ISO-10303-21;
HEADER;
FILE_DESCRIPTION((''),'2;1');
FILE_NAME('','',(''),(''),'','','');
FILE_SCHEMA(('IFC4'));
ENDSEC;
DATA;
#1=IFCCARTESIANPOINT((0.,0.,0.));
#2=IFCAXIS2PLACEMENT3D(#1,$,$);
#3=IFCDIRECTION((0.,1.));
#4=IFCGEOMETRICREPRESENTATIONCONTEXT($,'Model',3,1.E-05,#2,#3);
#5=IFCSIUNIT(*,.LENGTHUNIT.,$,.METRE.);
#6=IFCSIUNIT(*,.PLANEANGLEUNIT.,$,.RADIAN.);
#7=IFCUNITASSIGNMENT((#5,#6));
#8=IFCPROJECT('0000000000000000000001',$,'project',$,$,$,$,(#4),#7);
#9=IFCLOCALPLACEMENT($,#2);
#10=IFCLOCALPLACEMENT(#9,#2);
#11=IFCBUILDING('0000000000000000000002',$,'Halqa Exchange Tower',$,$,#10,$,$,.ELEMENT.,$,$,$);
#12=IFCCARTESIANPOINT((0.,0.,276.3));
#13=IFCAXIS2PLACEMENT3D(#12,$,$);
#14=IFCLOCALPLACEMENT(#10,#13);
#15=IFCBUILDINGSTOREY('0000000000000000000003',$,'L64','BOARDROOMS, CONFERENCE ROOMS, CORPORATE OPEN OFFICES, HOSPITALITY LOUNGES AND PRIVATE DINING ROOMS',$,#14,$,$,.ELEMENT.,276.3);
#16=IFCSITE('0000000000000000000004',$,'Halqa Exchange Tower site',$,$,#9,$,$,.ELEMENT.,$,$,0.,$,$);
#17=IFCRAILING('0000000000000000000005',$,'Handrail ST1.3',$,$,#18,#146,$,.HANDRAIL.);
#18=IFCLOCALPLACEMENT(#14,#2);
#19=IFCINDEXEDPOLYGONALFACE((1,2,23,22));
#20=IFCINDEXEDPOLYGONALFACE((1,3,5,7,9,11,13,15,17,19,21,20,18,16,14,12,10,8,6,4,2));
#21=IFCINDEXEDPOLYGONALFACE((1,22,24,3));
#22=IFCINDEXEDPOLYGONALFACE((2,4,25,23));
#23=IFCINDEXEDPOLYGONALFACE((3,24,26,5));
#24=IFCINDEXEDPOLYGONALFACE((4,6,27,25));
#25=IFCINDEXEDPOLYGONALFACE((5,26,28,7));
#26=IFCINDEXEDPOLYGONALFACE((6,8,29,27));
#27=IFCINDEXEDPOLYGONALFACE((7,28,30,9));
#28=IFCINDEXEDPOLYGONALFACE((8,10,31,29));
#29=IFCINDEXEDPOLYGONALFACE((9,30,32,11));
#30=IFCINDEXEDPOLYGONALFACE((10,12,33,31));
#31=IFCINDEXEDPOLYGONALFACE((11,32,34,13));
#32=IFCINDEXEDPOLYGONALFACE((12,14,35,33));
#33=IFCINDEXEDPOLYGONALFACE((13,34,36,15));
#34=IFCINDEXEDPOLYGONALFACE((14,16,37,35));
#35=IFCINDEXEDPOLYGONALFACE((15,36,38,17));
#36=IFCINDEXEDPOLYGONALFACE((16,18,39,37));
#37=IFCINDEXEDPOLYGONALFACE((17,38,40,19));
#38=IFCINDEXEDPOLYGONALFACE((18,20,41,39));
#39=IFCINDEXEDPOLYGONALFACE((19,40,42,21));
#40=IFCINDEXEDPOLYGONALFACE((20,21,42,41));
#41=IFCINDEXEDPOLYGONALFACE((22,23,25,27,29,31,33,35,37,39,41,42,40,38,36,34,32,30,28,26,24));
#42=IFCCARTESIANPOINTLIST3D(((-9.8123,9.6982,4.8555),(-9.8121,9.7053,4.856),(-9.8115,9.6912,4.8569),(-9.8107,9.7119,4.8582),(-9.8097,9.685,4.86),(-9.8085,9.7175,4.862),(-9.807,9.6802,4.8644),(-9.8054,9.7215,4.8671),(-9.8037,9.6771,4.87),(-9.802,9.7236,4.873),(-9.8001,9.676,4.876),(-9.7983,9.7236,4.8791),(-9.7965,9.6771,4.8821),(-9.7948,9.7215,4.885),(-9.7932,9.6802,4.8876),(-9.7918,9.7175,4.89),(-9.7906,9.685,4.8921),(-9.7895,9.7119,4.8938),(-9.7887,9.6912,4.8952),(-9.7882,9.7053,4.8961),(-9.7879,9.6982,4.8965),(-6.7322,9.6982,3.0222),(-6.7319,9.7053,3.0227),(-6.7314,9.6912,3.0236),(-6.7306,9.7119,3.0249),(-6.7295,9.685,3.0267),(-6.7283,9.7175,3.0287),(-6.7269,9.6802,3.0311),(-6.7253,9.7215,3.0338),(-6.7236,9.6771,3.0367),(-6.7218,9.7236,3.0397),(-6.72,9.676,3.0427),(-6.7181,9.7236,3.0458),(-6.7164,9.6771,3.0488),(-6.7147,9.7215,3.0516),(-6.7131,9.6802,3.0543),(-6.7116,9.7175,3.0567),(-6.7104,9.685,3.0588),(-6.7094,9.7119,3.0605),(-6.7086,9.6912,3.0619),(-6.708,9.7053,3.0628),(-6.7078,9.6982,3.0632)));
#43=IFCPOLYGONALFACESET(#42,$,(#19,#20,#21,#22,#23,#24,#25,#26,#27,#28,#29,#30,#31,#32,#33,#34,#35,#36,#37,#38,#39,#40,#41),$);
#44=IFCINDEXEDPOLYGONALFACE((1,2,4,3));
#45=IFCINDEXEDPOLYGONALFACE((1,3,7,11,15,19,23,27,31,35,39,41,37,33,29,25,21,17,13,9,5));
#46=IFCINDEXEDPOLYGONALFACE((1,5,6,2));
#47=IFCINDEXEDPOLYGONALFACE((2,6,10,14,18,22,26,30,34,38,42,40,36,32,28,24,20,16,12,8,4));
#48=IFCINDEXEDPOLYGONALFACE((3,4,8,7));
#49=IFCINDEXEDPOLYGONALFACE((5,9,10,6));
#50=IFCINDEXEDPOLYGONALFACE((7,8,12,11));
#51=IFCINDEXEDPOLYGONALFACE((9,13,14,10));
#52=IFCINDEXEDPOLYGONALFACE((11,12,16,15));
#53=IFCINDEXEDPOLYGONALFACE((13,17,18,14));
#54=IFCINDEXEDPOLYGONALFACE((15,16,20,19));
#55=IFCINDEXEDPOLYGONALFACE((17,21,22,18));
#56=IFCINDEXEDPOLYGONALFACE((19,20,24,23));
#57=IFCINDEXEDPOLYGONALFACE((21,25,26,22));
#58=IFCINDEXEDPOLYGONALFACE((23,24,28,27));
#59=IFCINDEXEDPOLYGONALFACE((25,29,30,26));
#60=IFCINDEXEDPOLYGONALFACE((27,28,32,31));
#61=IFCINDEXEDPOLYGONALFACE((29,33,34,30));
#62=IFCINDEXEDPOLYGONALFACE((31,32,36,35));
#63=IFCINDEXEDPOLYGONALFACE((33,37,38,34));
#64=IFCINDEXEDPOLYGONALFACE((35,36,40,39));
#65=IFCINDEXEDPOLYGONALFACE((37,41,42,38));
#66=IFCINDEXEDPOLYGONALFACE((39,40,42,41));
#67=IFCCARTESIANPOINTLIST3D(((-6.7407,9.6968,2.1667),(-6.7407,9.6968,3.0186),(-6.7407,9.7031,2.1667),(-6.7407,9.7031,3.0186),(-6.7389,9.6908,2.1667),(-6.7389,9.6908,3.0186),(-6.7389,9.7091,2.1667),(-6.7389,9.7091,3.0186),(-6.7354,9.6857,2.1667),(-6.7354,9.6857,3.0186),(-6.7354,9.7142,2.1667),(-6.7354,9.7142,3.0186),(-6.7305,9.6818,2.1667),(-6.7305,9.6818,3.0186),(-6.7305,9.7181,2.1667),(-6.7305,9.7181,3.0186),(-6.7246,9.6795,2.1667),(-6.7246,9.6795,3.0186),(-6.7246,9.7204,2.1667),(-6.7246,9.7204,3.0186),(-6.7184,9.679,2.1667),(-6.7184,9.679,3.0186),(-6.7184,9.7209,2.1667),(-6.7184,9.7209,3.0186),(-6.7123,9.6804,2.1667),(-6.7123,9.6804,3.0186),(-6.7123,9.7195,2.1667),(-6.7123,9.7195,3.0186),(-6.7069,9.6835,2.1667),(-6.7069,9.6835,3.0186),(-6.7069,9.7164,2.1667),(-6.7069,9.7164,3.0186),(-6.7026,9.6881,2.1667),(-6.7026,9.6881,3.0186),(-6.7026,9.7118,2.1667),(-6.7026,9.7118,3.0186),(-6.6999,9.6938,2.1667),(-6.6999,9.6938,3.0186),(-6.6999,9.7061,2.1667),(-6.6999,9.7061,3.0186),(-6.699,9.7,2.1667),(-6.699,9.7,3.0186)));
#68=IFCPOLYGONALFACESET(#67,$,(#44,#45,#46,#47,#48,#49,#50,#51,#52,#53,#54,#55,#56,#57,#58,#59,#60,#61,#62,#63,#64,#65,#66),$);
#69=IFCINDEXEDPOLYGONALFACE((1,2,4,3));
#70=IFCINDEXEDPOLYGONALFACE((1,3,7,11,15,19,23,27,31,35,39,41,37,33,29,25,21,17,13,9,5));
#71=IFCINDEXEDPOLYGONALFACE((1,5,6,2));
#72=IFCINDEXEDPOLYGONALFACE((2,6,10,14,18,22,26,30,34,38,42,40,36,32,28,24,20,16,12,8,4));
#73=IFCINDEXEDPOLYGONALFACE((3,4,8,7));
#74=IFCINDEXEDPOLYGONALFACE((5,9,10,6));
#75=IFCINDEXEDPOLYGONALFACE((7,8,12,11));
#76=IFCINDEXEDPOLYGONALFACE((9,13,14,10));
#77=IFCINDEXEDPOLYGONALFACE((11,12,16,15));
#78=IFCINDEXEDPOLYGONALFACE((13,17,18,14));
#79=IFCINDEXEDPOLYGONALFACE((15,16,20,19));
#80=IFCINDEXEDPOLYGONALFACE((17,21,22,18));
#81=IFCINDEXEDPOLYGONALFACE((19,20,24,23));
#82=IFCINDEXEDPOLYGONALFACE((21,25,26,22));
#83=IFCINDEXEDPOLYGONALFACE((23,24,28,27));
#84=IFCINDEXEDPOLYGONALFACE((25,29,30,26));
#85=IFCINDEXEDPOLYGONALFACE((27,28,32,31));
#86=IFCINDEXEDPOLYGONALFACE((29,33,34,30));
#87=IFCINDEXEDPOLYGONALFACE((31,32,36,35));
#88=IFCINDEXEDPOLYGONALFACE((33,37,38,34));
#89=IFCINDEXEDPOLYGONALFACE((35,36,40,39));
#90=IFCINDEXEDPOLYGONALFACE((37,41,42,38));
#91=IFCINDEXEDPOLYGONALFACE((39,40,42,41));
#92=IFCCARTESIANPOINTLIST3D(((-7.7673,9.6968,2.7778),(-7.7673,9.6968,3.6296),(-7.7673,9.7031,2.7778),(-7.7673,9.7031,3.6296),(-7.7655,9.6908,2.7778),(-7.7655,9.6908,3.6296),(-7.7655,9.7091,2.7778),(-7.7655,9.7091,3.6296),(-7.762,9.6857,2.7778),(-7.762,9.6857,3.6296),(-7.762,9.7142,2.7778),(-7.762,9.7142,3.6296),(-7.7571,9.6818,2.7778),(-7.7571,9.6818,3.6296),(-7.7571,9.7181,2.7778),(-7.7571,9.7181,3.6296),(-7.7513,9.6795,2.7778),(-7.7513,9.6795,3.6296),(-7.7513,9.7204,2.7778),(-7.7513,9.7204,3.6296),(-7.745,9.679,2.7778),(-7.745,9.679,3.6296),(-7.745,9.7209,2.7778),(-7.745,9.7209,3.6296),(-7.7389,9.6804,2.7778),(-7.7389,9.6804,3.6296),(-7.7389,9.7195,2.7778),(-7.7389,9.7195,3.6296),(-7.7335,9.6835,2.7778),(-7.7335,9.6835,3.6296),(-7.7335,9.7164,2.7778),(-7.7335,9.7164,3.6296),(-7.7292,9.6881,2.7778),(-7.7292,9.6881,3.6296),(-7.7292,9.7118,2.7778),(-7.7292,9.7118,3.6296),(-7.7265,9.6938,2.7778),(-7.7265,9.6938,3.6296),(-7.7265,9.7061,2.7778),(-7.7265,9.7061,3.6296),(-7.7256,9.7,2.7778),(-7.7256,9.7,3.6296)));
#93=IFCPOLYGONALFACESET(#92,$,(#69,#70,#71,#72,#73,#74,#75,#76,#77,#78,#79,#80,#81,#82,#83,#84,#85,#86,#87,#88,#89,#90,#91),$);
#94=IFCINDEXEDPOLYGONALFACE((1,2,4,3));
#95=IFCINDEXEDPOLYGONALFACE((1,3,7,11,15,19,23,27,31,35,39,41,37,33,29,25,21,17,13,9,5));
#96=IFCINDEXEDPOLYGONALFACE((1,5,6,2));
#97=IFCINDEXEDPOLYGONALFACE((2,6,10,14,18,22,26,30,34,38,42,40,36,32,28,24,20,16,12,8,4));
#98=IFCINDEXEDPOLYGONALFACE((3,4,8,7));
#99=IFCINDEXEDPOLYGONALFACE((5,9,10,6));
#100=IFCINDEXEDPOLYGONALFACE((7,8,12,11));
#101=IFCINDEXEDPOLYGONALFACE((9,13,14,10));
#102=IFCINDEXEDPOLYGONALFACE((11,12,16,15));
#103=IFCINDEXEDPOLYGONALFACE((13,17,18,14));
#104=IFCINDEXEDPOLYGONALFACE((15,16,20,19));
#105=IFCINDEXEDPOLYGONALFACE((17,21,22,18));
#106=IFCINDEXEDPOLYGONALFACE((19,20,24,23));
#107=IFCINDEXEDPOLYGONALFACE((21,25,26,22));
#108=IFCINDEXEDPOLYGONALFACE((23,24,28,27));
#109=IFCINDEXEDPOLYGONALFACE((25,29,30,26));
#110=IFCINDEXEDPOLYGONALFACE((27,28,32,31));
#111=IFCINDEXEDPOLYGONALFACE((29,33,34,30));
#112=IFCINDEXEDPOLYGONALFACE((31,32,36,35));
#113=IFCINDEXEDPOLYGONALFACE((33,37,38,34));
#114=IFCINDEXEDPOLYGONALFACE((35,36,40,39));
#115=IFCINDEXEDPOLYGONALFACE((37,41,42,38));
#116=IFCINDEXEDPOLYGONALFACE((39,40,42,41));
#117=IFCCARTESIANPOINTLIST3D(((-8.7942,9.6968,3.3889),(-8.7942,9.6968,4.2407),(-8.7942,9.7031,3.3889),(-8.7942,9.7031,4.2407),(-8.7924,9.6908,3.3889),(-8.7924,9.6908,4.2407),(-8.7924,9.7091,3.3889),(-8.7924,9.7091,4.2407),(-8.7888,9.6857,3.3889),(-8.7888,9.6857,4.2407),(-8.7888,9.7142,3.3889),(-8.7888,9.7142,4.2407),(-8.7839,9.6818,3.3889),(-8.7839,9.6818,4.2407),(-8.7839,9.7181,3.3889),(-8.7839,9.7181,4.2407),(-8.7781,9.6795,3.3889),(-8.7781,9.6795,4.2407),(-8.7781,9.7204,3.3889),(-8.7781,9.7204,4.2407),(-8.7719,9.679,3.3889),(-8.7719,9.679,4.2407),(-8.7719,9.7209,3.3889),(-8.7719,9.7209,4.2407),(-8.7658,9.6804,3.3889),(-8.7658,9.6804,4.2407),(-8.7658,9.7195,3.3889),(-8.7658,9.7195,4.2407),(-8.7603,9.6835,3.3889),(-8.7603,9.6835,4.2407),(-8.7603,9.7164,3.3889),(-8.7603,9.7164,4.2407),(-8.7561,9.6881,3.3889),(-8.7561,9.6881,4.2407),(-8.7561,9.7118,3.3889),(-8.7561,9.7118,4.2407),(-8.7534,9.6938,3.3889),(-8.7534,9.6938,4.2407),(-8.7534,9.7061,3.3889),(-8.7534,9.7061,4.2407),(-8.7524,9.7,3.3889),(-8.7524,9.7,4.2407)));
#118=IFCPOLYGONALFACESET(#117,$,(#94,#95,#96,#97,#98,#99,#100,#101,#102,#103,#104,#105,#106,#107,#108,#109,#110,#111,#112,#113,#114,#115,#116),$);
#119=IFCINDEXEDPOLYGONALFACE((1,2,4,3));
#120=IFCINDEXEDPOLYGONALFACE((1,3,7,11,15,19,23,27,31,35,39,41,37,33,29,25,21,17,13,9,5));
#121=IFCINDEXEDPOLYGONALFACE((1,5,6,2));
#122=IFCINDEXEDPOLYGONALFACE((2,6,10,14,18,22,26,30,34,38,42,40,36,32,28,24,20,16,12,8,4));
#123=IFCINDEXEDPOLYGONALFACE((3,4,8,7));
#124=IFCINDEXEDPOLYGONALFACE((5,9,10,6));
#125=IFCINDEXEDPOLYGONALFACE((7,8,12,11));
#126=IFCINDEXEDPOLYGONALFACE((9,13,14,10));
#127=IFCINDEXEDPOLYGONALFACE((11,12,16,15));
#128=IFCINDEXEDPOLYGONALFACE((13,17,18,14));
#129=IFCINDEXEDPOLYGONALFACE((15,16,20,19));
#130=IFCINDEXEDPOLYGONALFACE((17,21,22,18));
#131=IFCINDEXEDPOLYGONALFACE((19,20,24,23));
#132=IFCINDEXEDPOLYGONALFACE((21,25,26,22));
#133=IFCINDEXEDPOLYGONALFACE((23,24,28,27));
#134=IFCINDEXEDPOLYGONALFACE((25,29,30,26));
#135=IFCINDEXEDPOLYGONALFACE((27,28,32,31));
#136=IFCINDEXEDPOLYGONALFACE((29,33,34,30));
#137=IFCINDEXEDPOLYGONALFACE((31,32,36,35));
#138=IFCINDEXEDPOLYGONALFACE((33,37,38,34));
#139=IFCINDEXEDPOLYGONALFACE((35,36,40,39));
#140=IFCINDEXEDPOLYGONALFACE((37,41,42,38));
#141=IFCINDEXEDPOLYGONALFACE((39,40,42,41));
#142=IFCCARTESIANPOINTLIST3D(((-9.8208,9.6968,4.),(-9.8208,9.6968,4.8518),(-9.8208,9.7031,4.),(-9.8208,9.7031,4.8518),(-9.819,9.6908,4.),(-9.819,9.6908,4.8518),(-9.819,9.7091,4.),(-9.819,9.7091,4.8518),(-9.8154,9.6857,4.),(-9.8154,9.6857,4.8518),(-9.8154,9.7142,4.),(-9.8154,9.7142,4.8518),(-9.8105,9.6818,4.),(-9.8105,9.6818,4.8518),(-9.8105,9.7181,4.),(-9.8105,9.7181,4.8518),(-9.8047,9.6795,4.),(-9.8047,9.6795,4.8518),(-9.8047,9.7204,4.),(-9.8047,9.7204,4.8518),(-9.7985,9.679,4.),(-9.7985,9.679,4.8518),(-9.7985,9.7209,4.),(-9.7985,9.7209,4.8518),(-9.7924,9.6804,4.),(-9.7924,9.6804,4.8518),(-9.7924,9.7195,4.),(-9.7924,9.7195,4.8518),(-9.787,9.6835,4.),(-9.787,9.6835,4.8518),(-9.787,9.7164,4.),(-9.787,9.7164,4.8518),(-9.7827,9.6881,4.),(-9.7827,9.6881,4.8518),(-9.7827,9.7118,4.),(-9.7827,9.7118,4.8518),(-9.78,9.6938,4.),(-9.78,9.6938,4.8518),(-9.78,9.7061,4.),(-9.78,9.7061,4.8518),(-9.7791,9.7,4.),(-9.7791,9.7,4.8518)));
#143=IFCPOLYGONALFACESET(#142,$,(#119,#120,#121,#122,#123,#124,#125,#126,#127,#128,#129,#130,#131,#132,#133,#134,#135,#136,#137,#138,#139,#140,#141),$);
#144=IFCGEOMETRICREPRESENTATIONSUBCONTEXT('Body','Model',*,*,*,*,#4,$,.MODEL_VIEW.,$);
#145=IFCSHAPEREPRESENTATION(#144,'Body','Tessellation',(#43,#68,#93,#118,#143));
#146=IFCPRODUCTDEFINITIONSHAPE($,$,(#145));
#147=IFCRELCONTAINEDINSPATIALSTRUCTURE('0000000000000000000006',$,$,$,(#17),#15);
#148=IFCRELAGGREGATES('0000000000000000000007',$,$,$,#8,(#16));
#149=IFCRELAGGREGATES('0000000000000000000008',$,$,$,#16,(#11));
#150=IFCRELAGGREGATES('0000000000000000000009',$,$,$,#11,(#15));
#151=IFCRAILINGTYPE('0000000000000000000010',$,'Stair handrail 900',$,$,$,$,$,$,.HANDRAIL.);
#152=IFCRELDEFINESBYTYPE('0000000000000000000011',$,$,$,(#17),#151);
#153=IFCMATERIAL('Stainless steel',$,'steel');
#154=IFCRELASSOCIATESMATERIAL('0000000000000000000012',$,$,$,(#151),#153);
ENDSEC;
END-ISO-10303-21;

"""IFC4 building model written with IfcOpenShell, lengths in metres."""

from ifc_helpers import new_model, si_unit, direction, frame, origin, origin_2d, place, context, subcontext, project, spatial, circle, extrude, material, type_object, element, save


model = new_model("IFC4")

# Units and contexts
model_context = context("Model", 3, precision=1e-05, world=origin(), true_north=direction((0.0, 1.0)))
body_context = subcontext(model_context, "Body", "Model", "MODEL_VIEW")
ifc_project = project(units=[si_unit("LENGTHUNIT", "METRE"), si_unit("PLANEANGLEUNIT", "RADIAN")], contexts=[model_context])

# Site, building, storey
site_placement = place(None, origin())
site = spatial("IfcSite", under=ifc_project, at=site_placement, Name="Halqa Exchange Tower site", CompositionType="ELEMENT", RefElevation=0.0)
building_placement = place(site_placement, origin())
building = spatial("IfcBuilding", under=site, at=building_placement, Name="Halqa Exchange Tower", CompositionType="ELEMENT")
storey_placement = place(building_placement, frame((0.0, 0.0, 276.3)))
storey = spatial("IfcBuildingStorey", under=building, at=storey_placement, Name="L64", Description="BOARDROOMS, CONFERENCE ROOMS, CORPORATE OPEN OFFICES, HOSPITALITY LOUNGES AND PRIVATE DINING ROOMS", CompositionType="ELEMENT", Elevation=276.3)

# Railing
ifc_material_1 = material(Name="Stainless steel", Category="steel")
railing_type_1 = type_object("IfcRailingType", Name="Stair handrail 900", PredefinedType="HANDRAIL", material=ifc_material_1)
railing_1_placement = place(storey_placement, frame((-6.72, 9.7, 2.1667)))
element("IfcRailing", 1, at=railing_1_placement, inside=storey, type_object=railing_type_1, Name="Handrail ST1.3", PredefinedType="HANDRAIL", context=body_context, shape_type="SweptSolid", body=[
    extrude(circle(Radius=0.0239, at=origin_2d()), frame((0.0, 0.0, 0.876), z_axis=(-0.859309, 0.0, 0.511458), x_axis=(0.0, -1.0, 0.0)), (0.0, 0.0, 1.0), 3.5845),
    extrude(circle(Radius=0.021, at=origin_2d()), origin(), (0.0, 0.0, 1.0), 0.8518),
    extrude(circle(Radius=0.021, at=origin_2d()), frame((-1.0266, 0.0, 0.6111)), (0.0, 0.0, 1.0), 0.8518),
    extrude(circle(Radius=0.021, at=origin_2d()), frame((-2.0535, 0.0, 1.2222)), (0.0, 0.0, 1.0), 0.8518),
    extrude(circle(Radius=0.021, at=origin_2d()), frame((-3.0801, 0.0, 1.8333)), (0.0, 0.0, 1.0), 0.8518),
])

save(model, "model.ifc")
